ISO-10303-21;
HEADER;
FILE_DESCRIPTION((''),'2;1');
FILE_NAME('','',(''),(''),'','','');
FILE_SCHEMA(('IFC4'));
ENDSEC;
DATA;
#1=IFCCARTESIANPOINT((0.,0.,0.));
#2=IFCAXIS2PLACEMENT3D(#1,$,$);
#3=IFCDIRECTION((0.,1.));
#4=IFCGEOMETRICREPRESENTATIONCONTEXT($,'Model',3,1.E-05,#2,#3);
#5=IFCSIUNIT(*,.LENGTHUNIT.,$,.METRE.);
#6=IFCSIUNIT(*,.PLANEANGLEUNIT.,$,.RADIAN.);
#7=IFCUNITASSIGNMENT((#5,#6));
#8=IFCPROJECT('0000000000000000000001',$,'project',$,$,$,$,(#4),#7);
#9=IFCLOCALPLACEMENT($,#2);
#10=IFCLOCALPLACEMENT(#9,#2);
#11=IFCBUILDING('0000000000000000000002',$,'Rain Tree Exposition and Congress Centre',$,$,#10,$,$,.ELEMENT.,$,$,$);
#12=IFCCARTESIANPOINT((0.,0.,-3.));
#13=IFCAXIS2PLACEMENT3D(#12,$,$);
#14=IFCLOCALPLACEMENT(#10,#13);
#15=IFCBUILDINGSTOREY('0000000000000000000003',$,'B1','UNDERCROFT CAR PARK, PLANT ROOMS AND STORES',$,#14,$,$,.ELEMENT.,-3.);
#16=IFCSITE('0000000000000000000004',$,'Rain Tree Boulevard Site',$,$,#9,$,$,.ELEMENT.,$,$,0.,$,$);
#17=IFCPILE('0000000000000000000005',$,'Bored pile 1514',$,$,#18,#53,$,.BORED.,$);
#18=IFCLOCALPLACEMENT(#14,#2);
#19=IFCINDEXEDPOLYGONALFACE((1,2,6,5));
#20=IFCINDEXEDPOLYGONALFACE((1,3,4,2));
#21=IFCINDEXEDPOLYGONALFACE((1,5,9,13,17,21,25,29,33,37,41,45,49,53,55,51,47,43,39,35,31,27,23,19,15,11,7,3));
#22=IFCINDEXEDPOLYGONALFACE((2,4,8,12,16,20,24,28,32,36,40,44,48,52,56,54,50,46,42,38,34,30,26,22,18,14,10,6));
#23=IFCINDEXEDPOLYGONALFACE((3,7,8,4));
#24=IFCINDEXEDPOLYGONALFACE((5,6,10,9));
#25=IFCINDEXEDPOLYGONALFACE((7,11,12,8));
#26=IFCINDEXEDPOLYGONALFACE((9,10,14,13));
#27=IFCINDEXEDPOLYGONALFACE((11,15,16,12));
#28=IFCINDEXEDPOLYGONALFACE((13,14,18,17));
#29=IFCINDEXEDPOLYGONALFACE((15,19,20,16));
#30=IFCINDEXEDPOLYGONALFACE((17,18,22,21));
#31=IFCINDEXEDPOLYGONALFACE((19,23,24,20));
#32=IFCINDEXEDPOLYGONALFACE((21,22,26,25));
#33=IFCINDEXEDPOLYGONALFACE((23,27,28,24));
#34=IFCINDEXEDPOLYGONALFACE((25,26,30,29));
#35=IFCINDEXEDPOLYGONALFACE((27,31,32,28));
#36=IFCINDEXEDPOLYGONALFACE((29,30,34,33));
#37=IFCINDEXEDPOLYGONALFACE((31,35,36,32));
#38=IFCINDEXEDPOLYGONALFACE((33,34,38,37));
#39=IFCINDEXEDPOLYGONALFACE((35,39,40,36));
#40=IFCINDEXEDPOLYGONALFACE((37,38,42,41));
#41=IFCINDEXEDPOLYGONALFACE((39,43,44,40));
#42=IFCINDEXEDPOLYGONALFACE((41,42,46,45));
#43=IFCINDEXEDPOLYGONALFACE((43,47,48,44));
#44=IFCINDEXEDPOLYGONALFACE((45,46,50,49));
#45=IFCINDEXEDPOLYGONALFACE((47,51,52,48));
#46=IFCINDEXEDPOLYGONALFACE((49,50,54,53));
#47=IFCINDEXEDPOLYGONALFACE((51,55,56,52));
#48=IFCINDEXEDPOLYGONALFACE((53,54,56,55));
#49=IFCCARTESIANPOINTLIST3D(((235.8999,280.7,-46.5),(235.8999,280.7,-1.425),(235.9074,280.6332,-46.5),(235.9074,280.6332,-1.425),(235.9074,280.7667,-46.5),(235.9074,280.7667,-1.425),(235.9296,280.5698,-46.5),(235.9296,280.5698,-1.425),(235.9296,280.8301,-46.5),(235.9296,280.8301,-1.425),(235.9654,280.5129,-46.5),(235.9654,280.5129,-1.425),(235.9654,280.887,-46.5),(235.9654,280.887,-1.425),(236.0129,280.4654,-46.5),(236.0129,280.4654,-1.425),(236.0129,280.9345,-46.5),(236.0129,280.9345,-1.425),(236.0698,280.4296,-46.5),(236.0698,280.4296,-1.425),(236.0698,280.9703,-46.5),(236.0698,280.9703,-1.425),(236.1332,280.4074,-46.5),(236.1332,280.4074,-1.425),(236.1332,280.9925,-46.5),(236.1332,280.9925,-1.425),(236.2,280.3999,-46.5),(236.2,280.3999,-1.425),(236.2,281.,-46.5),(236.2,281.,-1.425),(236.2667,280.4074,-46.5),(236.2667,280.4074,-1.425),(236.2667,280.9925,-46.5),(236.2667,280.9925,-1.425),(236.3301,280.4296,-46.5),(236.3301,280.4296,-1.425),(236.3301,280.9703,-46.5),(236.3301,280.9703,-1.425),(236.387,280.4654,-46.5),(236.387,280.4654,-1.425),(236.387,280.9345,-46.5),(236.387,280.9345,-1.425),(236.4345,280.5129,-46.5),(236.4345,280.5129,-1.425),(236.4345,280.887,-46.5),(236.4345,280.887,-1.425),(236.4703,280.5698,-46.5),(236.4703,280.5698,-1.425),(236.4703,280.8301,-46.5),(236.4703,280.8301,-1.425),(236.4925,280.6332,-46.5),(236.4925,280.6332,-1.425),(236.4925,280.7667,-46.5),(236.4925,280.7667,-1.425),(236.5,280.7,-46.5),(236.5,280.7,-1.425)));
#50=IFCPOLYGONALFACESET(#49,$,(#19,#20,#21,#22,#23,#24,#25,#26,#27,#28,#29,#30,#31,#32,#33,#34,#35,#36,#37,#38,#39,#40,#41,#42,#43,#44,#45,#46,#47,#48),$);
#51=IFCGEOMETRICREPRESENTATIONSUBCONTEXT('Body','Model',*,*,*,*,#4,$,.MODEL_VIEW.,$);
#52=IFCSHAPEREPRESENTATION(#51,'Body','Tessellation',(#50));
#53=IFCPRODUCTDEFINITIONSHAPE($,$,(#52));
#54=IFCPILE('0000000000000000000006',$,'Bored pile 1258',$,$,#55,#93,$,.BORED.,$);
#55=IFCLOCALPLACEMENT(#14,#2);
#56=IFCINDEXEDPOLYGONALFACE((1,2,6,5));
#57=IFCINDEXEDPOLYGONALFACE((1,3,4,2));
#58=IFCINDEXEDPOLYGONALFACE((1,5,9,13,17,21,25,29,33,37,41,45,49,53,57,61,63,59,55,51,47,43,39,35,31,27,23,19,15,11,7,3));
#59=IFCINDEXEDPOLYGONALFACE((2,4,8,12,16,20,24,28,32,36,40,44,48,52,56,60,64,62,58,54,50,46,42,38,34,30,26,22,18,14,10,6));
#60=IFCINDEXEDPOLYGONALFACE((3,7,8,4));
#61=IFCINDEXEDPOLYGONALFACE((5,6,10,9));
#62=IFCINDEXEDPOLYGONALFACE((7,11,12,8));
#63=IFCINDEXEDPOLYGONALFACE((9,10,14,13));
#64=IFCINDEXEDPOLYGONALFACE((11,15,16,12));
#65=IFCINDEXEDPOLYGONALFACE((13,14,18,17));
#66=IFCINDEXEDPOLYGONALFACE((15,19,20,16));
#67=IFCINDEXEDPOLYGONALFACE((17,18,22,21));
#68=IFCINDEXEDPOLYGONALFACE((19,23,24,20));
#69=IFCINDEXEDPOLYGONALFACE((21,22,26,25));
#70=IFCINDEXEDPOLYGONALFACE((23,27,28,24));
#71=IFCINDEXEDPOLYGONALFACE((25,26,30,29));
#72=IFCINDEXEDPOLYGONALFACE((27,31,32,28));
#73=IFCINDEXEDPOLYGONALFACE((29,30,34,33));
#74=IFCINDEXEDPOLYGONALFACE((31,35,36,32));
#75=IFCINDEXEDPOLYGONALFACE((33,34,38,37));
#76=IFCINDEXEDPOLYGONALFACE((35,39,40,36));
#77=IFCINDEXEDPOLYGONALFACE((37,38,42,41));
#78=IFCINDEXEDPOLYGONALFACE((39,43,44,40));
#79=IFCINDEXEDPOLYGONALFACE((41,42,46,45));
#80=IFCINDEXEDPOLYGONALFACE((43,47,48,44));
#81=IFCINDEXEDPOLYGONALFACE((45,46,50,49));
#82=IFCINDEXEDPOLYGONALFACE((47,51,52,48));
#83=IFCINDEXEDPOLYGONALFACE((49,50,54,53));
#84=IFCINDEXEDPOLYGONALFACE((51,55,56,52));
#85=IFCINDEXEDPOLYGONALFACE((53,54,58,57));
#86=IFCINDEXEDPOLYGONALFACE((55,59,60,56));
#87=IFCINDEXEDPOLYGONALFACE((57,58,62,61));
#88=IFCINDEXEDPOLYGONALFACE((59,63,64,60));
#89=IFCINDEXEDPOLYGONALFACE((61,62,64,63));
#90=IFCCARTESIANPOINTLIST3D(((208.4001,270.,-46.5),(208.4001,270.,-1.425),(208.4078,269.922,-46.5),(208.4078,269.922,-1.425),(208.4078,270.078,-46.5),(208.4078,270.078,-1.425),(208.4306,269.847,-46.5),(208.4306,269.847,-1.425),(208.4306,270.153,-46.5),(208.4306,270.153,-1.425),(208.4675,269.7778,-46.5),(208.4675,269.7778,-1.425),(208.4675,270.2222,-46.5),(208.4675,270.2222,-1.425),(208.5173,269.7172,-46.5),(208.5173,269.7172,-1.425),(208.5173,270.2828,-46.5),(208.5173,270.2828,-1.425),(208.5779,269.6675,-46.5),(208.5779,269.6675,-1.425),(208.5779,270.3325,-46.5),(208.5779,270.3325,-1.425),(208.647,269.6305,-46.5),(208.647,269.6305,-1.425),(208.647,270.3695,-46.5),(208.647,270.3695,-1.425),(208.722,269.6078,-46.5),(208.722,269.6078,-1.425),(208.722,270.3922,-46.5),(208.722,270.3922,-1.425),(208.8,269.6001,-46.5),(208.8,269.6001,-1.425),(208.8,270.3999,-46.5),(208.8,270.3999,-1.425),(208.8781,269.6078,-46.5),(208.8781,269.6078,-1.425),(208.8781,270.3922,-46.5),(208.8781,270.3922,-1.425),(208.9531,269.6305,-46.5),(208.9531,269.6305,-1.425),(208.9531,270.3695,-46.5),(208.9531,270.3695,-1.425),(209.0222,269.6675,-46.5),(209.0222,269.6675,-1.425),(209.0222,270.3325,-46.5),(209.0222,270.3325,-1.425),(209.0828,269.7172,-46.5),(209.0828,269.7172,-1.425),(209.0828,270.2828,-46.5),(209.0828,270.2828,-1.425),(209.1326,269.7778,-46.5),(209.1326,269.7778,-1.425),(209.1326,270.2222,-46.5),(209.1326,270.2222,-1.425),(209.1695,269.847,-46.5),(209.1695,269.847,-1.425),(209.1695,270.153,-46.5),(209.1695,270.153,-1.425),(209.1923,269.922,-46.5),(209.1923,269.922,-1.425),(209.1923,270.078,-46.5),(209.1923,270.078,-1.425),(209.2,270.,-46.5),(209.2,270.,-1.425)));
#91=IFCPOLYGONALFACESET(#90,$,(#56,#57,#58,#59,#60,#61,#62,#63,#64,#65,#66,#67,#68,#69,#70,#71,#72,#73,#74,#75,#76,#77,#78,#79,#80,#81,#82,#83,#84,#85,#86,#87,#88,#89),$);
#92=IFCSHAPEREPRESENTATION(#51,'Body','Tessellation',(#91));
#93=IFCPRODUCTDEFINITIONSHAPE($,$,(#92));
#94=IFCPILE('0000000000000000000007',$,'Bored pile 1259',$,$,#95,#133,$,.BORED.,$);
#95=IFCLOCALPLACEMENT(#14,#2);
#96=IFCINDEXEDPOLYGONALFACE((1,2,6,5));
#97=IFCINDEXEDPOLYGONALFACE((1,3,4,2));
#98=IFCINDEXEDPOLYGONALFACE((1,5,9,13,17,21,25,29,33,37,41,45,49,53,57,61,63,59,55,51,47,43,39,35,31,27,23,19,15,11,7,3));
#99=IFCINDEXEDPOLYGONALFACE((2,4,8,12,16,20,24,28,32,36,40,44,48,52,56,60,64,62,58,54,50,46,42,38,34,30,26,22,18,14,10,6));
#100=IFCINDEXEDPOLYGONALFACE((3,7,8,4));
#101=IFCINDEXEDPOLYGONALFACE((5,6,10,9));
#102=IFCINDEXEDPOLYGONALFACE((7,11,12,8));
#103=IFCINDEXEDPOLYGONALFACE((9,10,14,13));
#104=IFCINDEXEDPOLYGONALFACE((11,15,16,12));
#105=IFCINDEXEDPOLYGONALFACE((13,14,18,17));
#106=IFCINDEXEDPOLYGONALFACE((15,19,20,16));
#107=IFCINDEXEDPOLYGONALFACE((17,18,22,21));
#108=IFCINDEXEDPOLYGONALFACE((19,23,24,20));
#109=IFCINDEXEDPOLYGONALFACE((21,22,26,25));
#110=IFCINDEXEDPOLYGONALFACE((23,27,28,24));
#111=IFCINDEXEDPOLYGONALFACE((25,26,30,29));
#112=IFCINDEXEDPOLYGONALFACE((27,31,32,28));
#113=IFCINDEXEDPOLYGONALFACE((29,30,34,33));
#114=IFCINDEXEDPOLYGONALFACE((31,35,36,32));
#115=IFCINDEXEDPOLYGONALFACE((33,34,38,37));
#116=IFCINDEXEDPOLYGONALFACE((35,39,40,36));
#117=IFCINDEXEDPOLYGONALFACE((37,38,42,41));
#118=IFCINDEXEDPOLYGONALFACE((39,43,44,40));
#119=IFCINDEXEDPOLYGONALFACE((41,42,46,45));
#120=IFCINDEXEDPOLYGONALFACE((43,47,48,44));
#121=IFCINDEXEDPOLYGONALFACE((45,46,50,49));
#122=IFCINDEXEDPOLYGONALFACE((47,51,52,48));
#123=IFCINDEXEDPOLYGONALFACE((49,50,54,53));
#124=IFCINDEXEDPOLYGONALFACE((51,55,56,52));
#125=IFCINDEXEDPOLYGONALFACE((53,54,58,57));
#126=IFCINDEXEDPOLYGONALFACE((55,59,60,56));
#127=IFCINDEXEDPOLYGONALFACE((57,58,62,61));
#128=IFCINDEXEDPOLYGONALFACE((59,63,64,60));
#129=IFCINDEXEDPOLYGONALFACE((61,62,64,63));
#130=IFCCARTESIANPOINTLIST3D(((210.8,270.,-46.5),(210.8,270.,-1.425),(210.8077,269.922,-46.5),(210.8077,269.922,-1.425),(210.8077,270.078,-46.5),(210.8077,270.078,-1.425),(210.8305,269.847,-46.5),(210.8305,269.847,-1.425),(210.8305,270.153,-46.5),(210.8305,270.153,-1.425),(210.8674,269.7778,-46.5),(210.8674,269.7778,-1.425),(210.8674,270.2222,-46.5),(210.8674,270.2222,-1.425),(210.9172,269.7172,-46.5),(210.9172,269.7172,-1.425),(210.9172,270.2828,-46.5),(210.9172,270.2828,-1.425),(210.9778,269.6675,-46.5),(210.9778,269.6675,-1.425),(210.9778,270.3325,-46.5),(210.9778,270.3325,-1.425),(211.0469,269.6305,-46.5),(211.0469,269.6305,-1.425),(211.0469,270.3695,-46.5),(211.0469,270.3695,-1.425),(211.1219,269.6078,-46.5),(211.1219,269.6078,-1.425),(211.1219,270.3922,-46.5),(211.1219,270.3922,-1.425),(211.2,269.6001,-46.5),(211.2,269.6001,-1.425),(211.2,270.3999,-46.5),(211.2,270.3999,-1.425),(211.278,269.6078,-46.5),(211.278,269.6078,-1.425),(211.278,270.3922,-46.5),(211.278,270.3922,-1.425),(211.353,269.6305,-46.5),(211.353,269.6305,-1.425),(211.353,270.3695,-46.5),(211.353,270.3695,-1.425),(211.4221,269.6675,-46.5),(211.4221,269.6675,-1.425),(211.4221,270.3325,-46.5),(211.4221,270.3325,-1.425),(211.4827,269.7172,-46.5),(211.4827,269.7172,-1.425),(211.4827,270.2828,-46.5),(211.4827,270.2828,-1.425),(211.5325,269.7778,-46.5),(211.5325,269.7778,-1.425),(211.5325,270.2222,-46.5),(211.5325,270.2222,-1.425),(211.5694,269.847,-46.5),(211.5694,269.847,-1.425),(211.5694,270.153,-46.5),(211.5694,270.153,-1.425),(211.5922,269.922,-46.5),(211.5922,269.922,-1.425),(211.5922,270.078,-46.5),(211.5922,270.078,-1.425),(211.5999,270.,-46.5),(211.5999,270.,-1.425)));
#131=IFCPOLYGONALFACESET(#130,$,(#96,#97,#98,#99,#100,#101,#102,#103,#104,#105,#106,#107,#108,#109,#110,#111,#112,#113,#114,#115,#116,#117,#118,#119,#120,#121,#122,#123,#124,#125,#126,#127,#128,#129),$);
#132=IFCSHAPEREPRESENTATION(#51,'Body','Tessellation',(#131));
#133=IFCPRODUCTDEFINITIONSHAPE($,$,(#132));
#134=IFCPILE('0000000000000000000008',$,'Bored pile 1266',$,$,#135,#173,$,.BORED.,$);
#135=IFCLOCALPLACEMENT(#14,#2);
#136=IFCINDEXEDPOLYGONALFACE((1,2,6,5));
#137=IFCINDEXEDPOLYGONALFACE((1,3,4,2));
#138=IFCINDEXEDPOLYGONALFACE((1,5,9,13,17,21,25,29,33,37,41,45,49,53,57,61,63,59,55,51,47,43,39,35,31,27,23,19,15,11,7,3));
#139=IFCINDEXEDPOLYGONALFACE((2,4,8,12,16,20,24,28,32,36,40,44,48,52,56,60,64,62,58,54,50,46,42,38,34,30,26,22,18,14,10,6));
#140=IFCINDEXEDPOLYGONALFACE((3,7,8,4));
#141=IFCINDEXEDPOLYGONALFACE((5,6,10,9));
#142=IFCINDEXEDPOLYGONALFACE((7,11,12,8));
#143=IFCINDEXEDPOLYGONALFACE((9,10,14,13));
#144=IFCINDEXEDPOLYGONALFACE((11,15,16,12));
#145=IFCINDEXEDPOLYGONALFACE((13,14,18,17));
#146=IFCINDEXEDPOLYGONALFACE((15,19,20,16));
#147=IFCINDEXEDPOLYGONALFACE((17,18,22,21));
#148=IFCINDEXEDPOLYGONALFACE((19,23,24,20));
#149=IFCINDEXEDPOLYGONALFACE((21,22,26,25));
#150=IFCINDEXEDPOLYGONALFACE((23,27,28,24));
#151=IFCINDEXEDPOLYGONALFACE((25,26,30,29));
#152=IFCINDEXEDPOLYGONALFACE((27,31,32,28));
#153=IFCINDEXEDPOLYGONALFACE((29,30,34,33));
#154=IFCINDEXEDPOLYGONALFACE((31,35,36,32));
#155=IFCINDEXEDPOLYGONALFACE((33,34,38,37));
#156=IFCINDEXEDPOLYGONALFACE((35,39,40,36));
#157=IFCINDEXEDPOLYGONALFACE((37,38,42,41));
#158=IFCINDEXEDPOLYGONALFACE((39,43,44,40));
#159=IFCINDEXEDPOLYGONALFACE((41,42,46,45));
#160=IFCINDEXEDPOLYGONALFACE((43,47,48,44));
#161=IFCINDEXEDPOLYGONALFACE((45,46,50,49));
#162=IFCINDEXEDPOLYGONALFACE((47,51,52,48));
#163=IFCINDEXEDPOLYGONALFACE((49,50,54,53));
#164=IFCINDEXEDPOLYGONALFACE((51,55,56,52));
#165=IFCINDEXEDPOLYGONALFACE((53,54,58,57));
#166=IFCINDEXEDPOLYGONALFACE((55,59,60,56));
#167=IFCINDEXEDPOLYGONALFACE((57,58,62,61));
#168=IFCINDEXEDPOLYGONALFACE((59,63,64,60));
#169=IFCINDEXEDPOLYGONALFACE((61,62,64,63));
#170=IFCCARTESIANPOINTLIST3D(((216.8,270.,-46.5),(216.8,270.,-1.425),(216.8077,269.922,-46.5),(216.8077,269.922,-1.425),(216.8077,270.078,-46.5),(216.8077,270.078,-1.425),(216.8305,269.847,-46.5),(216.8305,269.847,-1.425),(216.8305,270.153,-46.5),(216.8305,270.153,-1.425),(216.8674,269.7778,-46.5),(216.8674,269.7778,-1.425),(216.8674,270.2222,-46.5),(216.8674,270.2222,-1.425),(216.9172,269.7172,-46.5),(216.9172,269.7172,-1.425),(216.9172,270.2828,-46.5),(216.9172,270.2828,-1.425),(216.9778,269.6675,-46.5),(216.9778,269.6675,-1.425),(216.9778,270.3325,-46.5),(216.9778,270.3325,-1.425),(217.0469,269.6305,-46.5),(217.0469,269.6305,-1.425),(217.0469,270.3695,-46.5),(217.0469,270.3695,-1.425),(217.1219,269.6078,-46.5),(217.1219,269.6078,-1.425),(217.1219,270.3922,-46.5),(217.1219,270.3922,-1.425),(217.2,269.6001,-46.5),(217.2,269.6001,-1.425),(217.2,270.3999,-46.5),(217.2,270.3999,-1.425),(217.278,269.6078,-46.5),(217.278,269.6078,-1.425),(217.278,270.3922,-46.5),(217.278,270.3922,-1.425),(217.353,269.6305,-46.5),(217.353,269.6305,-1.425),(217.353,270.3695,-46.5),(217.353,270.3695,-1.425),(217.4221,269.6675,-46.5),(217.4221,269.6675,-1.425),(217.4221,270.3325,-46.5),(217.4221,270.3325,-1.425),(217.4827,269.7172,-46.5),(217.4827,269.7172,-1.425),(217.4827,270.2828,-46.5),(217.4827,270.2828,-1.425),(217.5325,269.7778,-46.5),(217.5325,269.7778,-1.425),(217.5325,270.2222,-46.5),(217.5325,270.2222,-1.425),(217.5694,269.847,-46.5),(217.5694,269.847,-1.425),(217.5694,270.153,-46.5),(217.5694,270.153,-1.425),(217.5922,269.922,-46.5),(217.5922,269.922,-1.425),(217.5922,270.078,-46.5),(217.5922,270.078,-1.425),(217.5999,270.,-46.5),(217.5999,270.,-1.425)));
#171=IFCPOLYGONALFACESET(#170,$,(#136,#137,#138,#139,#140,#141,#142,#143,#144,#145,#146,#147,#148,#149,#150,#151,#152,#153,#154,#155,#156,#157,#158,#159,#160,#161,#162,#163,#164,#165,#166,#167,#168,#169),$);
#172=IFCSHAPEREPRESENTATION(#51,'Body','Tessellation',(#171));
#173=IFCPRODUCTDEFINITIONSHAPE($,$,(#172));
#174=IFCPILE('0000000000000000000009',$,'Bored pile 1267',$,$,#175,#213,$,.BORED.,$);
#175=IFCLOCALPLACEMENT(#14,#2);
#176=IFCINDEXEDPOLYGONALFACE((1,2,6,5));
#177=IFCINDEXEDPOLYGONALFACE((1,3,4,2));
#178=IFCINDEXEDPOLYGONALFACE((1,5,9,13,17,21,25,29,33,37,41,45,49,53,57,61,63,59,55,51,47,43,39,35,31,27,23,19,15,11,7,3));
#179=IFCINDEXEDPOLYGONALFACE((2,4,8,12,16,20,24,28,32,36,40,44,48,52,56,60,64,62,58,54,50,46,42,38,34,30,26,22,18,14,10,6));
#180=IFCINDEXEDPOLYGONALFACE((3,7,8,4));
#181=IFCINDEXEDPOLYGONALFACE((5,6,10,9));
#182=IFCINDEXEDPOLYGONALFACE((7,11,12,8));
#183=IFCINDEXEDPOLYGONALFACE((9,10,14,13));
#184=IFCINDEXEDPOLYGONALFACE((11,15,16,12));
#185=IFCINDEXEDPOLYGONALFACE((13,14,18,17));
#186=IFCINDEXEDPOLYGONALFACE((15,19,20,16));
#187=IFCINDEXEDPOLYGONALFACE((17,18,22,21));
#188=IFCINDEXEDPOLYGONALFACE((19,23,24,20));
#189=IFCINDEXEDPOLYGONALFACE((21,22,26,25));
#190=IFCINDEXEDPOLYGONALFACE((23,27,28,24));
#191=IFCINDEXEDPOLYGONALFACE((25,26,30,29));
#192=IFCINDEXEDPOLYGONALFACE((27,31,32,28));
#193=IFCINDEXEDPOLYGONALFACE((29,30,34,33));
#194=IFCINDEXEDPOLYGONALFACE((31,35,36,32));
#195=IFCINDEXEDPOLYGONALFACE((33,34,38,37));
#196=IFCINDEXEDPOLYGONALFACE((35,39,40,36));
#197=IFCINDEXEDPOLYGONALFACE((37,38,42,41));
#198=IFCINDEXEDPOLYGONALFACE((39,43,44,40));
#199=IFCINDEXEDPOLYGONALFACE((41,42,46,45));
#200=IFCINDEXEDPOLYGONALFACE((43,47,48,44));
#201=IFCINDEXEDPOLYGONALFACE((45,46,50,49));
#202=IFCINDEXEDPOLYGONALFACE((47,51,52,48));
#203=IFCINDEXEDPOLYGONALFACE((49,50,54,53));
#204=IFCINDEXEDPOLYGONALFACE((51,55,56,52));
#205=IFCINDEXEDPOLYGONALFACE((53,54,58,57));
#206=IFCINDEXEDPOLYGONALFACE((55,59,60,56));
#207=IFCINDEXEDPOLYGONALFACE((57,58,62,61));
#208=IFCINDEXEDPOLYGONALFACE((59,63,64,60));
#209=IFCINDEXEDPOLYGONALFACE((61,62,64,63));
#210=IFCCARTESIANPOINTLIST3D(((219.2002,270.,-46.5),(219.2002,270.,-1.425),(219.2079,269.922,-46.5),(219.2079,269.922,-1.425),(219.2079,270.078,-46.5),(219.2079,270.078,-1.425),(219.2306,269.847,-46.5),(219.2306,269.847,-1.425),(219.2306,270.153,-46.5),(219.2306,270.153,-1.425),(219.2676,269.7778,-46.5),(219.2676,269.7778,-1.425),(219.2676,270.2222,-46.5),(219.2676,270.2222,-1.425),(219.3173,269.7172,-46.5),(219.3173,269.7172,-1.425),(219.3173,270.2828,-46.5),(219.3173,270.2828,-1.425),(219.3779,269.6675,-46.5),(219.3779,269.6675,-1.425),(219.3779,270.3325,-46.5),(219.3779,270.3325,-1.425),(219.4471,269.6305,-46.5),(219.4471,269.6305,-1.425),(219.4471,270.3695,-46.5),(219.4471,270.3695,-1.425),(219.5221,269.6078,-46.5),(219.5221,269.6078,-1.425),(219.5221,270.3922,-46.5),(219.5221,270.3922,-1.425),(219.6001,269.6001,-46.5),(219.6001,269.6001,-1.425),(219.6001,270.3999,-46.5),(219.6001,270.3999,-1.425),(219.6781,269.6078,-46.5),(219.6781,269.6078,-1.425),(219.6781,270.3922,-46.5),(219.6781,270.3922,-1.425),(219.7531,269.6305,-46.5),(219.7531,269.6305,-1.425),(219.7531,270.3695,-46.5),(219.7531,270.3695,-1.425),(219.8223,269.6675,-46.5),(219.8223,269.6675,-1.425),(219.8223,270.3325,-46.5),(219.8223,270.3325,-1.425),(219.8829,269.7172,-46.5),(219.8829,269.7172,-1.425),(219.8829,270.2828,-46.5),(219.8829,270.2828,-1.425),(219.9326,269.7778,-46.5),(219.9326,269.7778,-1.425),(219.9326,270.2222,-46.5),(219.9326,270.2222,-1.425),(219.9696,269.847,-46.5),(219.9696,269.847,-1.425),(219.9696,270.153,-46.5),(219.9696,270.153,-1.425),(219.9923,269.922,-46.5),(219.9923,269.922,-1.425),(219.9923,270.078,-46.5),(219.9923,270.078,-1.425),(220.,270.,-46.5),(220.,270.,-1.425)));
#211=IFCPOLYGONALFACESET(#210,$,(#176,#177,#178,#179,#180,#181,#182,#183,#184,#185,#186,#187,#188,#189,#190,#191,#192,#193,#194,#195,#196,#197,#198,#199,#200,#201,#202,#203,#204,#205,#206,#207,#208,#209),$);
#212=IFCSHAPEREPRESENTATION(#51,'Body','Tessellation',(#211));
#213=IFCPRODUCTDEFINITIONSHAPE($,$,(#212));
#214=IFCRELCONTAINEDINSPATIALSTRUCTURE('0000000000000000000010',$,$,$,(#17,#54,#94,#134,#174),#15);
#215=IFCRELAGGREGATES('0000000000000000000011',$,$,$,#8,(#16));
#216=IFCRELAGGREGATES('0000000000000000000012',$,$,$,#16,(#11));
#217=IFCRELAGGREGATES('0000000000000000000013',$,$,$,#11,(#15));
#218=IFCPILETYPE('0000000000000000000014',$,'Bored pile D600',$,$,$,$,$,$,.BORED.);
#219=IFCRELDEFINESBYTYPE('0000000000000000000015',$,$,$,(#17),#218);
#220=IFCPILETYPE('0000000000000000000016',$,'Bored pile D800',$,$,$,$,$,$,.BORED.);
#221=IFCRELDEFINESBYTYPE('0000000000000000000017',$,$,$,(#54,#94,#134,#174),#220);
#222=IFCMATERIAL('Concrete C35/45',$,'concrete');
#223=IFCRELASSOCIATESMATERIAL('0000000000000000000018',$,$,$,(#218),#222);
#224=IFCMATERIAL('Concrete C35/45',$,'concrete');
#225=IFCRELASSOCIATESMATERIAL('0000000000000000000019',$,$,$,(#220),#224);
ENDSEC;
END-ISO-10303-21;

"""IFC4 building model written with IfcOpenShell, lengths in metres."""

from ifc_helpers import new_model, si_unit, direction, frame, origin, origin_2d, place, context, subcontext, project, spatial, circle, extrude, material, material_profile, profile_set, type_object, element, save


model = new_model("IFC4")

# Units and contexts
model_context = context("Model", 3, precision=1e-05, world=origin(), true_north=direction((0.0, 1.0)))
body_context = subcontext(model_context, "Body", "Model", "MODEL_VIEW")
ifc_project = project(units=[si_unit("LENGTHUNIT", "METRE"), si_unit("PLANEANGLEUNIT", "RADIAN")], contexts=[model_context])

# Site, building, storey
site_placement = place(None, origin())
site = spatial("IfcSite", under=ifc_project, at=site_placement, Name="Rain Tree Boulevard Site", CompositionType="ELEMENT", RefElevation=0.0)
building_placement = place(site_placement, origin())
building = spatial("IfcBuilding", under=site, at=building_placement, Name="Rain Tree Exposition and Congress Centre", CompositionType="ELEMENT")
storey_placement = place(building_placement, frame((0.0, 0.0, -3.0)))
storey = spatial("IfcBuildingStorey", under=building, at=storey_placement, Name="B1", Description="UNDERCROFT CAR PARK, PLANT ROOMS AND STORES", CompositionType="ELEMENT", Elevation=-3.0)

# Piles
ifc_material_1 = material(Name="Concrete C35/45", Category="concrete")
ifc_material_profile_1 = material_profile(ifc_material_1, circle(Radius=0.3, at=origin_2d()), Name="D600")
ifc_profile_set_1 = profile_set([ifc_material_profile_1], Name="Concrete C35/45")
pile_type_1 = type_object("IfcPileType", Name="Bored pile D600", PredefinedType="BORED", material=ifc_profile_set_1)
pile_placement = place(storey_placement, frame((236.2, 280.7, -1.425), z_axis=(0.0, 0.0, -1.0), x_axis=(1.0, 0.0, 0.0)))
element("IfcPile", 1, at=pile_placement, inside=storey, type_object=pile_type_1, Name="Bored pile 1514", PredefinedType="BORED", context=body_context, shape_type="SweptSolid", body=[
    extrude(circle(Radius=0.3, at=origin_2d()), origin(), (0.0, 0.0, 1.0), 45.075),
])
ifc_material_2 = material(Name="Concrete C35/45", Category="concrete")
ifc_material_profile_2 = material_profile(ifc_material_2, circle(Radius=0.3999, at=origin_2d()), Name="D800")
ifc_profile_set_2 = profile_set([ifc_material_profile_2], Name="Concrete C35/45")
pile_type_2 = type_object("IfcPileType", Name="Bored pile D800", PredefinedType="BORED", material=ifc_profile_set_2)
for number, where, z_axis, x_axis, name in (
    (2, (208.8, 270.0, -1.425), (0.0, 0.0, -1.0), (1.0, 0.0, 0.0), "Bored pile 1258"),
    (3, (211.2, 270.0, -1.425), (0.0, 0.0, -1.0), (1.0, 0.0, 0.0), "Bored pile 1259"),
    (4, (217.2, 270.0, -1.425), (0.0, 0.0, -1.0), (1.0, 0.0, 0.0), "Bored pile 1266"),
    (5, (219.6001, 270.0, -1.425), (0.0, 0.0, -1.0), (1.0, 0.0, 0.0), "Bored pile 1267"),
):
    element("IfcPile", number, at=place(storey_placement, frame(where, z_axis=z_axis, x_axis=x_axis)), inside=storey, type_object=pile_type_2, Name=name, PredefinedType="BORED", context=body_context, shape_type="SweptSolid", body=[
        extrude(circle(Radius=0.3999, at=origin_2d()), origin(), (0.0, 0.0, 1.0), 45.075),
    ])

save(model, "model.ifc")
